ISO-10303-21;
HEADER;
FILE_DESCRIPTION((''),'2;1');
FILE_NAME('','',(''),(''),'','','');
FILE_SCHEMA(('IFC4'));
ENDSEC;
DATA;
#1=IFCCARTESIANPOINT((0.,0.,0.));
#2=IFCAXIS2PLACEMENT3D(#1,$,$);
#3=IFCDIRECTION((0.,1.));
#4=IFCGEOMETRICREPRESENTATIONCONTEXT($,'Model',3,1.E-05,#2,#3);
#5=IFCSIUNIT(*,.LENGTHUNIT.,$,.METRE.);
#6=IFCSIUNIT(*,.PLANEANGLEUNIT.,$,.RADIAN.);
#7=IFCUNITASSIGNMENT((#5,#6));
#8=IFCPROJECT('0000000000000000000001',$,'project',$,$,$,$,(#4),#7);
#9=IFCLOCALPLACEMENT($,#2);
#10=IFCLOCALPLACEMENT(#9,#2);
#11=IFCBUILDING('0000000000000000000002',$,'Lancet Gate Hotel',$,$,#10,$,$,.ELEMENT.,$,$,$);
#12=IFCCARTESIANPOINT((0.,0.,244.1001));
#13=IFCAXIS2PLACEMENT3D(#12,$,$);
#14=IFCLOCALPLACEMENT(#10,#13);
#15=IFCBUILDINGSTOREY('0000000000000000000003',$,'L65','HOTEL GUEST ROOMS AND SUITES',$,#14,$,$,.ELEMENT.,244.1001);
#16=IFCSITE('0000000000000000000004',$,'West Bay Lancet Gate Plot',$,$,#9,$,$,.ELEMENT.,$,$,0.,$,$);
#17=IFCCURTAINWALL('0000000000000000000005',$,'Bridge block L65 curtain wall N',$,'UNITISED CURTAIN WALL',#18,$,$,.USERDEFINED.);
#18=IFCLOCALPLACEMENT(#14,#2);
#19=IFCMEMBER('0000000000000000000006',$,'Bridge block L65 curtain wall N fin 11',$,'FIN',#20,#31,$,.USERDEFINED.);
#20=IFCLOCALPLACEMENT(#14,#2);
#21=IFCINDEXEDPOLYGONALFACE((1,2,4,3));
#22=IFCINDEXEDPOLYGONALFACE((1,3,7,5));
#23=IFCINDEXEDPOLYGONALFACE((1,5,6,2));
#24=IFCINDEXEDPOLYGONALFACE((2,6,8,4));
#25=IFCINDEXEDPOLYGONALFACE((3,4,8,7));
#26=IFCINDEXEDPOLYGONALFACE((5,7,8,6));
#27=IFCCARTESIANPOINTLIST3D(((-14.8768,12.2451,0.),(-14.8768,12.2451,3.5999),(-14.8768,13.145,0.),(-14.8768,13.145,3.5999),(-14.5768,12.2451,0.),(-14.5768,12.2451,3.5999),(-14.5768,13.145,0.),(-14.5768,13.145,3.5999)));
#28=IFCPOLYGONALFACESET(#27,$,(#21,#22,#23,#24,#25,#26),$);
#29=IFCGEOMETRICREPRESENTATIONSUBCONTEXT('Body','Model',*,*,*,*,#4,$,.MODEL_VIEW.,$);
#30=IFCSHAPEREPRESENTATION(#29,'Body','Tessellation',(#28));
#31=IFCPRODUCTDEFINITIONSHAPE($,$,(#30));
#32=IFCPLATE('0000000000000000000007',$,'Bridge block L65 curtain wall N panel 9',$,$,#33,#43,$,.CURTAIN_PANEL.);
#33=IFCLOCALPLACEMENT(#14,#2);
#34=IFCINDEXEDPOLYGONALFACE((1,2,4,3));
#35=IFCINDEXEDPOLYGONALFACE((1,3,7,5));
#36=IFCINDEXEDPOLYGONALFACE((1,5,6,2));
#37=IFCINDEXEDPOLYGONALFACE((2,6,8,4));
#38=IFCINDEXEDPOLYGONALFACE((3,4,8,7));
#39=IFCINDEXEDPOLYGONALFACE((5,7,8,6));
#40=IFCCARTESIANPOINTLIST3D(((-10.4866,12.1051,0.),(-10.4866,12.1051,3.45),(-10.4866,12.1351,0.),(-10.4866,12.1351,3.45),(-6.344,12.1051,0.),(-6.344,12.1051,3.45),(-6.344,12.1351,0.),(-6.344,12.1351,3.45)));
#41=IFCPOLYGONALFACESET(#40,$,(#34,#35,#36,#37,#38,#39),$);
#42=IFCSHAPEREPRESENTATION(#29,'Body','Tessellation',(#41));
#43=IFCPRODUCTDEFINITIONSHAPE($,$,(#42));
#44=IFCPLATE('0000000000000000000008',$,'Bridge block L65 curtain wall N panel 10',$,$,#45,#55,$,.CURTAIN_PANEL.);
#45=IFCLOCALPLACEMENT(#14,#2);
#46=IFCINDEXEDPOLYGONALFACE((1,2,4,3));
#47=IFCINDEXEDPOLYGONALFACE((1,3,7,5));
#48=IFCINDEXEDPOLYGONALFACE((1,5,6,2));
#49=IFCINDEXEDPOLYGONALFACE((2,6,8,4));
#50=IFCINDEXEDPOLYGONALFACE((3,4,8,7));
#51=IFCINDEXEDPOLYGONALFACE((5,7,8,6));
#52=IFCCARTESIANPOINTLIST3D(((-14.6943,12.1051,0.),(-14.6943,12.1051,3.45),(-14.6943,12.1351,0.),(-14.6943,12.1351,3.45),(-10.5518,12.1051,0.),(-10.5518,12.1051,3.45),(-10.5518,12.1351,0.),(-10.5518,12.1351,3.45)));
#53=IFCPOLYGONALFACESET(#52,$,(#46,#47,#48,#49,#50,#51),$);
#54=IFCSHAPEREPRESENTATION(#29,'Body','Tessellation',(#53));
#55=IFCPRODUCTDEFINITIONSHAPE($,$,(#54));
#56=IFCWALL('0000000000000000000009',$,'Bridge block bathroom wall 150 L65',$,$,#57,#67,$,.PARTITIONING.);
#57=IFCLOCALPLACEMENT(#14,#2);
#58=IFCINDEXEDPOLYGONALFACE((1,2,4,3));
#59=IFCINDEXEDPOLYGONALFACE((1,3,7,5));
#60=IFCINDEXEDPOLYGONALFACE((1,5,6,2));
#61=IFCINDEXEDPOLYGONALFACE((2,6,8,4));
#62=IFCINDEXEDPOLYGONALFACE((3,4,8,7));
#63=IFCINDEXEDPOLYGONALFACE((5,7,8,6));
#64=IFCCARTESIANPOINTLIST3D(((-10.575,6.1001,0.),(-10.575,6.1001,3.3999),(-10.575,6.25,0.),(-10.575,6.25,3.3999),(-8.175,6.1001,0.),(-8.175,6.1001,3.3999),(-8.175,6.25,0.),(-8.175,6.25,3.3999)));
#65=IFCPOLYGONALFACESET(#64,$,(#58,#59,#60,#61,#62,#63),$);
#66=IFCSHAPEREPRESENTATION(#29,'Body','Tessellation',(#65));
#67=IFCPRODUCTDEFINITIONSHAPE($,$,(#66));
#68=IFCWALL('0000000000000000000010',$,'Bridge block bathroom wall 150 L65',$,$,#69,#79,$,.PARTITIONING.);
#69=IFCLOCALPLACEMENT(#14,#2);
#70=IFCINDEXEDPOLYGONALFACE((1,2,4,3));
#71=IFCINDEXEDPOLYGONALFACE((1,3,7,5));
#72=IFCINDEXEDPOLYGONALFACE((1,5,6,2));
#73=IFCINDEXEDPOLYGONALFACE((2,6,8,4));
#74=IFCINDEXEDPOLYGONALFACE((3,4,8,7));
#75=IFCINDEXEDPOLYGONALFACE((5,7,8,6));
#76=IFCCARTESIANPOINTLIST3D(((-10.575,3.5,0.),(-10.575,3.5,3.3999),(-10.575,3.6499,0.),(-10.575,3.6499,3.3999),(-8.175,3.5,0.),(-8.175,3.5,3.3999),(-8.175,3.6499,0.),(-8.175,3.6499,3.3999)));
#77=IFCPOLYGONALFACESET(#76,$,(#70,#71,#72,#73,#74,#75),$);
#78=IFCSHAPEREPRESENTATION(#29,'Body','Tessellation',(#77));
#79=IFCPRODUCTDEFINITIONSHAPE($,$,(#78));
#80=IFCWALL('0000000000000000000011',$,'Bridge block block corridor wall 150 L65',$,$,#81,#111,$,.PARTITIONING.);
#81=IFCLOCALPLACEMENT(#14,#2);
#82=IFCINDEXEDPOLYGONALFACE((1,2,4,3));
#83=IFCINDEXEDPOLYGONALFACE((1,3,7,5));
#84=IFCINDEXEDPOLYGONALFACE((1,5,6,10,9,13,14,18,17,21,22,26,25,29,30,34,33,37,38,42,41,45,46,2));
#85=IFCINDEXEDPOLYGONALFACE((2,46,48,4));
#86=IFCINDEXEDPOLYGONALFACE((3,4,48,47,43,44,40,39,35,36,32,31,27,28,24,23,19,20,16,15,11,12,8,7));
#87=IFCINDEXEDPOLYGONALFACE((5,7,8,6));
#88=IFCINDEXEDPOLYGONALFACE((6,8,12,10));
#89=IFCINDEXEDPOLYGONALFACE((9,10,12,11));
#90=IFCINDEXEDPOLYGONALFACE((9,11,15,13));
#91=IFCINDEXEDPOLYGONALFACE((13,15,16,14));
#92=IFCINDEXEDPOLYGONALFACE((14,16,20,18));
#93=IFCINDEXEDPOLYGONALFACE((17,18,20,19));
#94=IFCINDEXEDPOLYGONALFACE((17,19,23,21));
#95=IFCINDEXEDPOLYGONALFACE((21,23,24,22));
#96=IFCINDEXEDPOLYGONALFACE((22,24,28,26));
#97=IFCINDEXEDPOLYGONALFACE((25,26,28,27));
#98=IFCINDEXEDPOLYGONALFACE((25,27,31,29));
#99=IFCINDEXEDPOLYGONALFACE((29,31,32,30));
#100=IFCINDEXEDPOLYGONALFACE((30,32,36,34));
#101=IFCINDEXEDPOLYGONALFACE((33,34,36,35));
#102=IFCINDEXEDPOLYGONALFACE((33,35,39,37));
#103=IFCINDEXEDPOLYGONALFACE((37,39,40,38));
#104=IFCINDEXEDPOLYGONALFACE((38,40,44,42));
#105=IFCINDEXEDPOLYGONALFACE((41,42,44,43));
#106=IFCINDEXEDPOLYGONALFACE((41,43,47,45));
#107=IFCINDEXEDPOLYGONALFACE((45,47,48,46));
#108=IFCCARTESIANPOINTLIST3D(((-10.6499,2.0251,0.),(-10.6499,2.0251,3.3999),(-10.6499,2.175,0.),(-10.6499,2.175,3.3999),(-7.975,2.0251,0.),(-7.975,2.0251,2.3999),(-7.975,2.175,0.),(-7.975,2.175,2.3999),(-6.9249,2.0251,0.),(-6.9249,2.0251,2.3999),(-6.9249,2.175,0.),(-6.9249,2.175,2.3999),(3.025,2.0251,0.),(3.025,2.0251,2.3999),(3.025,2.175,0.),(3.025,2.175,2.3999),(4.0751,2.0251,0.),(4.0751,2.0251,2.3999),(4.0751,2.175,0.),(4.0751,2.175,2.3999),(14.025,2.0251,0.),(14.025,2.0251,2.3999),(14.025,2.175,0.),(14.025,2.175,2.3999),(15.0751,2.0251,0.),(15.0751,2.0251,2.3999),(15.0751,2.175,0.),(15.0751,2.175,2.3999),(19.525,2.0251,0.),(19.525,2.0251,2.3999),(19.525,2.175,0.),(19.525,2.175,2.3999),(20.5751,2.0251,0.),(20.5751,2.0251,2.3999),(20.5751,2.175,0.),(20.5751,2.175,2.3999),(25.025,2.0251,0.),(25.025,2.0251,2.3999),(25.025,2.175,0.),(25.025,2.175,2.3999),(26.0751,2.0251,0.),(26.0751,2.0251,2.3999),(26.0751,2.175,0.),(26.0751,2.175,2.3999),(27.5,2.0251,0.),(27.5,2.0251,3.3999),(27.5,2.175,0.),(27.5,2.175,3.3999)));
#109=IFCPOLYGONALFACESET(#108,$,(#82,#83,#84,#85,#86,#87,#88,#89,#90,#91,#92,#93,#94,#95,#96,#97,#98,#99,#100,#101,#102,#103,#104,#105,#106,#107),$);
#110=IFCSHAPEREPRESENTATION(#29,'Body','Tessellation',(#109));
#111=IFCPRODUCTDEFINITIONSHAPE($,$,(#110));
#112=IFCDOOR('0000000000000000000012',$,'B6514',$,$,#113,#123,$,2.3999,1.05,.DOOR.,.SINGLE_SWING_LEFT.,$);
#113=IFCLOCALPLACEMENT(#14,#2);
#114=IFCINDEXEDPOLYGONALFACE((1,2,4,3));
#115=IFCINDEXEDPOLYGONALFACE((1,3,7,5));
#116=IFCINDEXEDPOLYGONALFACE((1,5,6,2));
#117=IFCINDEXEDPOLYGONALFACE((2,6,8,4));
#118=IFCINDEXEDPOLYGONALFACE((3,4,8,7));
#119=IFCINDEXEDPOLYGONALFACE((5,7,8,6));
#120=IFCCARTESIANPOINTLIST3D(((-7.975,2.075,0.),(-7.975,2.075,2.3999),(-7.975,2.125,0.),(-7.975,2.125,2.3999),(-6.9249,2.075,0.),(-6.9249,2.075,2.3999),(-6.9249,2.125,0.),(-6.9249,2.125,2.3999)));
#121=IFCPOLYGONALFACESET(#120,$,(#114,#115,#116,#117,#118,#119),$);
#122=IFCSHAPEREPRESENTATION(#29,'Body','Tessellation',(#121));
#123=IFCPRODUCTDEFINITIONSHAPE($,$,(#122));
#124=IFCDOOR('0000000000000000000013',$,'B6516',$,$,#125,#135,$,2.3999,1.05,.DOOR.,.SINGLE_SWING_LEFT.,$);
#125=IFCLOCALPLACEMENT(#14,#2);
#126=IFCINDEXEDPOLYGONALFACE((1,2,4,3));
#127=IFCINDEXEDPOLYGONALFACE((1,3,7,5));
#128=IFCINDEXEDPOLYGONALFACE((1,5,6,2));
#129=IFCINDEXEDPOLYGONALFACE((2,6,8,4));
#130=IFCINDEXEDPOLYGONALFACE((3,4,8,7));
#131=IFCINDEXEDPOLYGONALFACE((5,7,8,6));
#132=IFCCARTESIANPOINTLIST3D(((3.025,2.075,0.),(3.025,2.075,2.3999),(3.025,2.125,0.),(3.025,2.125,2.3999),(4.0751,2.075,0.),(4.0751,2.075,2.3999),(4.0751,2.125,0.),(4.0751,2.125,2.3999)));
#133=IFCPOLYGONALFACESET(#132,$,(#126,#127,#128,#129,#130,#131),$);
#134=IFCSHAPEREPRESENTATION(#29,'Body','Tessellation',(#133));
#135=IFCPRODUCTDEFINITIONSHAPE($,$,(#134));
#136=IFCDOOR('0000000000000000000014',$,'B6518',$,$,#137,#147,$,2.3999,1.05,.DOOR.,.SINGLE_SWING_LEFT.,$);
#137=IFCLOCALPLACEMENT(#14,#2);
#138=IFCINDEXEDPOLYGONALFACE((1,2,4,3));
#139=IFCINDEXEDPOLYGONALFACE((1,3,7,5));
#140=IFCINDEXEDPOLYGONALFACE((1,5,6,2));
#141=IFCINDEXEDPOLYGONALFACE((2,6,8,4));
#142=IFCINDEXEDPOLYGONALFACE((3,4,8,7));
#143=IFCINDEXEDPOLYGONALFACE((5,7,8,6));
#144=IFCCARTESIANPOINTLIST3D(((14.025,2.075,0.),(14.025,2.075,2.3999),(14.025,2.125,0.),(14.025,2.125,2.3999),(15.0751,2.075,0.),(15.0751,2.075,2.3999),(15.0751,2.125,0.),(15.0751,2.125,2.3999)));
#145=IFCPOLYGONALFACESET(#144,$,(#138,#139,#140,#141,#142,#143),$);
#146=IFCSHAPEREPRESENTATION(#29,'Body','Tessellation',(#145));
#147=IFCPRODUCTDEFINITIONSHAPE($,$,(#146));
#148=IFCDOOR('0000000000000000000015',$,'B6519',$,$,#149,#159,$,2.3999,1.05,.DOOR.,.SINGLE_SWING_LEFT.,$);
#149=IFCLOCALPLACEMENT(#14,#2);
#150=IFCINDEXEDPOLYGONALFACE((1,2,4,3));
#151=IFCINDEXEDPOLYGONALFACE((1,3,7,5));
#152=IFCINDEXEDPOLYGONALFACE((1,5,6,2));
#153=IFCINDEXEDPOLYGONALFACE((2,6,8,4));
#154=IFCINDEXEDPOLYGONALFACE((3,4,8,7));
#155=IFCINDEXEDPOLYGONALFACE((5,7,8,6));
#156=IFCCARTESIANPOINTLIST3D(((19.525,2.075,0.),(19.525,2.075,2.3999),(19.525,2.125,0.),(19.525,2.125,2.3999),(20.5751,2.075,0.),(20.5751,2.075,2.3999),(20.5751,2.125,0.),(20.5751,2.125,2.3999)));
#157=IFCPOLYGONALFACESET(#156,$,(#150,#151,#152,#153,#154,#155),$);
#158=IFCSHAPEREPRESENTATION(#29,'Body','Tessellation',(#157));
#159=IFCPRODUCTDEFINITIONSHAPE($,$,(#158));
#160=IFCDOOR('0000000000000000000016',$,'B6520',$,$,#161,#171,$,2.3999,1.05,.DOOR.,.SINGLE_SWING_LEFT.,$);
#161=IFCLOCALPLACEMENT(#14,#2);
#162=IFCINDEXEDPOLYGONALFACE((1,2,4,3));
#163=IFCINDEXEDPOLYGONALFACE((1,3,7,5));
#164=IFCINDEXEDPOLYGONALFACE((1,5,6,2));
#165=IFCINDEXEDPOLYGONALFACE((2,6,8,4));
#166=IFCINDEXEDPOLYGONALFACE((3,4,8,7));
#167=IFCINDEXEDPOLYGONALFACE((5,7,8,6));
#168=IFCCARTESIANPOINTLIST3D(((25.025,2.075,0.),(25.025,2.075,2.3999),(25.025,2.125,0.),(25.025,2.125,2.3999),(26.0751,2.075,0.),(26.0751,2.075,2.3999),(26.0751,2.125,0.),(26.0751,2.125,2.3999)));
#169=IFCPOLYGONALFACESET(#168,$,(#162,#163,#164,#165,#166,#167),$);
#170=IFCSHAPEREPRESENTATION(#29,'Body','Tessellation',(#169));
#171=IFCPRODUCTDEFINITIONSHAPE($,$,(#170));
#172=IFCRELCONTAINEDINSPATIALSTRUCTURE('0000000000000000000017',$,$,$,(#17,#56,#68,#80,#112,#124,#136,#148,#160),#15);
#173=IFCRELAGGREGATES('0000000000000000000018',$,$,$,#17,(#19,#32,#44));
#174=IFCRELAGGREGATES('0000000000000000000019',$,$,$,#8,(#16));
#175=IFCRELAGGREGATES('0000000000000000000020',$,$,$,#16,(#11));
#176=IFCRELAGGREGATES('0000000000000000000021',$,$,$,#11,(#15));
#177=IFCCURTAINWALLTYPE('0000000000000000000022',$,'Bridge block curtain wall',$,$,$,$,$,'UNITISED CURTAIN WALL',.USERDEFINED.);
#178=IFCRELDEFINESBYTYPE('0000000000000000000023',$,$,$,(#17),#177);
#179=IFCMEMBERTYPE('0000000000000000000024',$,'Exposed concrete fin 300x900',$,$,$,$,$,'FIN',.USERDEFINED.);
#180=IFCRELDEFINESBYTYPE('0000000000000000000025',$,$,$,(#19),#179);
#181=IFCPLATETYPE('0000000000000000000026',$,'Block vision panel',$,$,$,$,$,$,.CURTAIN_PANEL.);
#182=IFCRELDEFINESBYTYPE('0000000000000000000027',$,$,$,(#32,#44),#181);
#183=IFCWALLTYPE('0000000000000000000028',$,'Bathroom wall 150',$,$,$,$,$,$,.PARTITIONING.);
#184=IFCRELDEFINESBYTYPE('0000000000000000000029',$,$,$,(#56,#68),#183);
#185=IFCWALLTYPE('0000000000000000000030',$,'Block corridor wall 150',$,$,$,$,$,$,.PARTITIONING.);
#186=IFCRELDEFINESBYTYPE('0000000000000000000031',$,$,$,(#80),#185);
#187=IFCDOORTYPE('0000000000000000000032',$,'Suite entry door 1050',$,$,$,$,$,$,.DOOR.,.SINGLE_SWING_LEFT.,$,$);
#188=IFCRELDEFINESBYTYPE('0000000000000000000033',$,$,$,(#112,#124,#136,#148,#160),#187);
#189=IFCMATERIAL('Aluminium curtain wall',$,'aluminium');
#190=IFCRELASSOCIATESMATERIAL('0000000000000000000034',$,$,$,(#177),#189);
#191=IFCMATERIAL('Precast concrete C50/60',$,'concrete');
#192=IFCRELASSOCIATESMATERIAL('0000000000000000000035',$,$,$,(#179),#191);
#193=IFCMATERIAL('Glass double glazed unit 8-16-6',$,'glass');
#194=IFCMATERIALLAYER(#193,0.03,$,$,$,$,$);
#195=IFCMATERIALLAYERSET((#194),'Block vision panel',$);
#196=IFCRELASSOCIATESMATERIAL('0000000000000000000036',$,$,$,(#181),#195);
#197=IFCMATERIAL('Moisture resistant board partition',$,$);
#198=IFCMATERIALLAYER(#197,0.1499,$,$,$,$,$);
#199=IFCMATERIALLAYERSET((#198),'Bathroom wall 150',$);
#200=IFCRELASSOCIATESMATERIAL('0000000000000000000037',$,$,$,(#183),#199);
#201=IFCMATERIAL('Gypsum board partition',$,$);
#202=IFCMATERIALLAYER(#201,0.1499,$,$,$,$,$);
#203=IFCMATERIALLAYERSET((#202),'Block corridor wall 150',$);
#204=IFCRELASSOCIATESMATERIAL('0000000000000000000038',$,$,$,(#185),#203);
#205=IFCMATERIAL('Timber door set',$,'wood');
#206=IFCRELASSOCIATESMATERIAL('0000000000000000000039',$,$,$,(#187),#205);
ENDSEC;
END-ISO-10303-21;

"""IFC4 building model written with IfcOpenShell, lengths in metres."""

from ifc_helpers import new_model, si_unit, direction, frame, frame_2d, origin, origin_2d, place, context, subcontext, project, spatial, rectangle, extrude, material, layer, layer_set, material_profile, profile_set, type_object, element, fill, aggregate, save


model = new_model("IFC4")

# Units and contexts
model_context = context("Model", 3, precision=1e-05, world=origin(), true_north=direction((0.0, 1.0)))
body_context = subcontext(model_context, "Body", "Model", "MODEL_VIEW")
ifc_project = project(units=[si_unit("LENGTHUNIT", "METRE"), si_unit("PLANEANGLEUNIT", "RADIAN")], contexts=[model_context])

# Site, building, storey
site_placement = place(None, origin())
site = spatial("IfcSite", under=ifc_project, at=site_placement, Name="West Bay Lancet Gate Plot", CompositionType="ELEMENT", RefElevation=0.0)
building_placement = place(site_placement, origin())
building = spatial("IfcBuilding", under=site, at=building_placement, Name="Lancet Gate Hotel", CompositionType="ELEMENT")
storey_placement = place(building_placement, frame((0.0, 0.0, 244.1001)))
storey = spatial("IfcBuildingStorey", under=building, at=storey_placement, Name="L65", Description="HOTEL GUEST ROOMS AND SUITES", CompositionType="ELEMENT", Elevation=244.1001)

# Curtain wall
ifc_material_1 = material(Name="Aluminium curtain wall", Category="aluminium")
curtain_wall_type = type_object("IfcCurtainWallType", Name="Bridge block curtain wall", ElementType="UNITISED CURTAIN WALL", PredefinedType="USERDEFINED", material=ifc_material_1)
curtain_wall_placement = place(storey_placement, origin())
curtain_wall = element("IfcCurtainWall", 1, at=curtain_wall_placement, inside=storey, type_object=curtain_wall_type, Name="Bridge block L65 curtain wall N", ObjectType="UNITISED CURTAIN WALL", PredefinedType="USERDEFINED")

# Member
ifc_material_2 = material(Name="Precast concrete C50/60", Category="concrete")
ifc_material_profile_1 = material_profile(ifc_material_2, rectangle(XDim=0.3, YDim=0.8999, at=origin_2d()), Name="FIN 300x900")
ifc_profile_set_1 = profile_set([ifc_material_profile_1], Name="Precast concrete C50/60")
member_type_1 = type_object("IfcMemberType", Name="Exposed concrete fin 300x900", ElementType="FIN", PredefinedType="USERDEFINED", material=ifc_profile_set_1)
member_1_placement = place(storey_placement, frame((-14.7268, 12.6951, 0.0), z_axis=(0.0, 0.0, 1.0), x_axis=(-1.0, 0.0, 0.0)))
member_1 = element("IfcMember", 2, at=member_1_placement, type_object=member_type_1, Name="Bridge block L65 curtain wall N fin 11", ObjectType="FIN", PredefinedType="USERDEFINED", context=body_context, shape_type="SweptSolid", body=[
    extrude(rectangle(XDim=0.3, YDim=0.8999, at=origin_2d()), origin(), (0.0, 0.0, 1.0), 3.5999),
])

# Plates
ifc_material_3 = material(Name="Glass double glazed unit 8-16-6", Category="glass")
ifc_layer_1 = layer(ifc_material_3, 0.03)
ifc_layer_set_1 = layer_set([ifc_layer_1], Name="Block vision panel")
plate_type = type_object("IfcPlateType", Name="Block vision panel", PredefinedType="CURTAIN_PANEL", material=ifc_layer_set_1)
plate_1_placement = place(storey_placement, frame((-8.4153, 12.1201, 0.0), z_axis=(0.0, 0.0, 1.0), x_axis=(-1.0, 0.0, 0.0)))
plate_1 = element("IfcPlate", 3, at=plate_1_placement, type_object=plate_type, Name="Bridge block L65 curtain wall N panel 9", PredefinedType="CURTAIN_PANEL", context=body_context, shape_type="SweptSolid", body=[
    extrude(rectangle(XDim=4.1426, YDim=0.03, at=origin_2d()), origin(), (0.0, 0.0, 1.0), 3.45),
])
plate_2_placement = place(storey_placement, frame((-12.623, 12.1201, 0.0), z_axis=(0.0, 0.0, 1.0), x_axis=(-1.0, 0.0, 0.0)))
plate_2 = element("IfcPlate", 4, at=plate_2_placement, type_object=plate_type, Name="Bridge block L65 curtain wall N panel 10", PredefinedType="CURTAIN_PANEL", context=body_context, shape_type="SweptSolid", body=[
    extrude(rectangle(XDim=4.1426, YDim=0.03, at=origin_2d()), origin(), (0.0, 0.0, 1.0), 3.45),
])
aggregate(curtain_wall, [member_1, plate_1, plate_2])

# Walls
ifc_material_4 = material(Name="Moisture resistant board partition")
ifc_layer_2 = layer(ifc_material_4, 0.1499)
ifc_layer_set_2 = layer_set([ifc_layer_2], Name="Bathroom wall 150")
wall_type_1 = type_object("IfcWallType", Name="Bathroom wall 150", PredefinedType="PARTITIONING", material=ifc_layer_set_2)
for number, where, z_axis, x_axis, name in (
    (5, (-10.575, 6.175, 0.0), (0.0, 0.0, 1.0), (1.0, 0.0, 0.0), "Bridge block bathroom wall 150 L65"),
    (6, (-10.575, 3.575, 0.0), (0.0, 0.0, 1.0), (1.0, 0.0, 0.0), "Bridge block bathroom wall 150 L65"),
):
    element("IfcWall", number, at=place(storey_placement, frame(where, z_axis=z_axis, x_axis=x_axis)), inside=storey, type_object=wall_type_1, Name=name, PredefinedType="PARTITIONING", context=body_context, shape_type="SweptSolid", body=[
        extrude(rectangle(XDim=2.3999, YDim=0.1499, at=frame_2d((1.2, 0.0))), origin(), (0.0, 0.0, 1.0), 3.3999),
    ])

# Wall, openings, doors
ifc_material_5 = material(Name="Gypsum board partition")
ifc_layer_3 = layer(ifc_material_5, 0.1499)
ifc_layer_set_3 = layer_set([ifc_layer_3], Name="Block corridor wall 150")
wall_type_2 = type_object("IfcWallType", Name="Block corridor wall 150", PredefinedType="PARTITIONING", material=ifc_layer_set_3)
wall_1_placement = place(storey_placement, frame((-10.6499, 2.1001, 0.0), z_axis=(0.0, 0.0, 1.0), x_axis=(1.0, 0.0, 0.0)))
wall_1 = element("IfcWall", 7, at=wall_1_placement, inside=storey, type_object=wall_type_2, Name="Bridge block block corridor wall 150 L65", PredefinedType="PARTITIONING", context=body_context, shape_type="SweptSolid", body=[
    extrude(rectangle(XDim=38.1499, YDim=0.1499, at=frame_2d((19.075, 0.0))), origin(), (0.0, 0.0, 1.0), 3.3999),
])
opening_1_placement = place(wall_1_placement, frame((2.675, 0.0, 0.0)))
opening_1 = element("IfcOpeningElement", 8, at=opening_1_placement, cuts=wall_1, PredefinedType="OPENING", context=body_context, shape_type="SweptSolid", body=[
    extrude(rectangle(XDim=1.05, YDim=2.3999, at=frame_2d((0.5249, 1.2))), frame((0.0, 0.085, 0.0), z_axis=(0.0, -1.0, 0.0), x_axis=(1.0, 0.0, 0.0)), (0.0, 0.0, 1.0), 0.1699),
])
opening_2_placement = place(wall_1_placement, frame((13.675, 0.0, 0.0)))
opening_2 = element("IfcOpeningElement", 9, at=opening_2_placement, cuts=wall_1, PredefinedType="OPENING", context=body_context, shape_type="SweptSolid", body=[
    extrude(rectangle(XDim=1.05, YDim=2.3999, at=frame_2d((0.5249, 1.2))), frame((0.0, 0.085, 0.0), z_axis=(0.0, -1.0, 0.0), x_axis=(1.0, 0.0, 0.0)), (0.0, 0.0, 1.0), 0.1699),
])
opening_3_placement = place(wall_1_placement, frame((24.675, 0.0, 0.0)))
opening_3 = element("IfcOpeningElement", 10, at=opening_3_placement, cuts=wall_1, PredefinedType="OPENING", context=body_context, shape_type="SweptSolid", body=[
    extrude(rectangle(XDim=1.05, YDim=2.3999, at=frame_2d((0.5249, 1.2))), frame((0.0, 0.085, 0.0), z_axis=(0.0, -1.0, 0.0), x_axis=(1.0, 0.0, 0.0)), (0.0, 0.0, 1.0), 0.1699),
])
opening_4_placement = place(wall_1_placement, frame((30.175, 0.0, 0.0)))
opening_4 = element("IfcOpeningElement", 11, at=opening_4_placement, cuts=wall_1, PredefinedType="OPENING", context=body_context, shape_type="SweptSolid", body=[
    extrude(rectangle(XDim=1.05, YDim=2.3999, at=frame_2d((0.5249, 1.2))), frame((0.0, 0.085, 0.0), z_axis=(0.0, -1.0, 0.0), x_axis=(1.0, 0.0, 0.0)), (0.0, 0.0, 1.0), 0.1699),
])
opening_5_placement = place(wall_1_placement, frame((35.675, 0.0, 0.0)))
opening_5 = element("IfcOpeningElement", 12, at=opening_5_placement, cuts=wall_1, PredefinedType="OPENING", context=body_context, shape_type="SweptSolid", body=[
    extrude(rectangle(XDim=1.05, YDim=2.3999, at=frame_2d((0.5249, 1.2))), frame((0.0, 0.085, 0.0), z_axis=(0.0, -1.0, 0.0), x_axis=(1.0, 0.0, 0.0)), (0.0, 0.0, 1.0), 0.1699),
])
ifc_material_6 = material(Name="Timber door set", Category="wood")
door_type = type_object("IfcDoorType", Name="Suite entry door 1050", OperationType="SINGLE_SWING_LEFT", PredefinedType="DOOR", material=ifc_material_6)
door_1_placement = place(opening_1_placement, origin())
door_1 = element("IfcDoor", 13, at=door_1_placement, inside=storey, type_object=door_type, Name="B6514", OperationType="SINGLE_SWING_LEFT", OverallHeight=2.3999, OverallWidth=1.05, PredefinedType="DOOR", context=body_context, shape_type="SweptSolid", body=[
    extrude(rectangle(XDim=1.05, YDim=2.3999, at=frame_2d((0.5249, 1.2))), frame((0.0, 0.0249, 0.0), z_axis=(0.0, -1.0, 0.0), x_axis=(1.0, 0.0, 0.0)), (0.0, 0.0, 1.0), 0.05),
])
fill(opening_1, door_1)
door_2_placement = place(opening_2_placement, origin())
door_2 = element("IfcDoor", 14, at=door_2_placement, inside=storey, type_object=door_type, Name="B6516", OperationType="SINGLE_SWING_LEFT", OverallHeight=2.3999, OverallWidth=1.05, PredefinedType="DOOR", context=body_context, shape_type="SweptSolid", body=[
    extrude(rectangle(XDim=1.05, YDim=2.3999, at=frame_2d((0.5249, 1.2))), frame((0.0, 0.0249, 0.0), z_axis=(0.0, -1.0, 0.0), x_axis=(1.0, 0.0, 0.0)), (0.0, 0.0, 1.0), 0.05),
])
fill(opening_2, door_2)
door_3_placement = place(opening_3_placement, origin())
door_3 = element("IfcDoor", 15, at=door_3_placement, inside=storey, type_object=door_type, Name="B6518", OperationType="SINGLE_SWING_LEFT", OverallHeight=2.3999, OverallWidth=1.05, PredefinedType="DOOR", context=body_context, shape_type="SweptSolid", body=[
    extrude(rectangle(XDim=1.05, YDim=2.3999, at=frame_2d((0.5249, 1.2))), frame((0.0, 0.0249, 0.0), z_axis=(0.0, -1.0, 0.0), x_axis=(1.0, 0.0, 0.0)), (0.0, 0.0, 1.0), 0.05),
])
fill(opening_3, door_3)
door_4_placement = place(opening_4_placement, origin())
door_4 = element("IfcDoor", 16, at=door_4_placement, inside=storey, type_object=door_type, Name="B6519", OperationType="SINGLE_SWING_LEFT", OverallHeight=2.3999, OverallWidth=1.05, PredefinedType="DOOR", context=body_context, shape_type="SweptSolid", body=[
    extrude(rectangle(XDim=1.05, YDim=2.3999, at=frame_2d((0.5249, 1.2))), frame((0.0, 0.0249, 0.0), z_axis=(0.0, -1.0, 0.0), x_axis=(1.0, 0.0, 0.0)), (0.0, 0.0, 1.0), 0.05),
])
fill(opening_4, door_4)
door_5_placement = place(opening_5_placement, origin())
door_5 = element("IfcDoor", 17, at=door_5_placement, inside=storey, type_object=door_type, Name="B6520", OperationType="SINGLE_SWING_LEFT", OverallHeight=2.3999, OverallWidth=1.05, PredefinedType="DOOR", context=body_context, shape_type="SweptSolid", body=[
    extrude(rectangle(XDim=1.05, YDim=2.3999, at=frame_2d((0.5249, 1.2))), frame((0.0, 0.0249, 0.0), z_axis=(0.0, -1.0, 0.0), x_axis=(1.0, 0.0, 0.0)), (0.0, 0.0, 1.0), 0.05),
])
fill(opening_5, door_5)

save(model, "model.ifc")
